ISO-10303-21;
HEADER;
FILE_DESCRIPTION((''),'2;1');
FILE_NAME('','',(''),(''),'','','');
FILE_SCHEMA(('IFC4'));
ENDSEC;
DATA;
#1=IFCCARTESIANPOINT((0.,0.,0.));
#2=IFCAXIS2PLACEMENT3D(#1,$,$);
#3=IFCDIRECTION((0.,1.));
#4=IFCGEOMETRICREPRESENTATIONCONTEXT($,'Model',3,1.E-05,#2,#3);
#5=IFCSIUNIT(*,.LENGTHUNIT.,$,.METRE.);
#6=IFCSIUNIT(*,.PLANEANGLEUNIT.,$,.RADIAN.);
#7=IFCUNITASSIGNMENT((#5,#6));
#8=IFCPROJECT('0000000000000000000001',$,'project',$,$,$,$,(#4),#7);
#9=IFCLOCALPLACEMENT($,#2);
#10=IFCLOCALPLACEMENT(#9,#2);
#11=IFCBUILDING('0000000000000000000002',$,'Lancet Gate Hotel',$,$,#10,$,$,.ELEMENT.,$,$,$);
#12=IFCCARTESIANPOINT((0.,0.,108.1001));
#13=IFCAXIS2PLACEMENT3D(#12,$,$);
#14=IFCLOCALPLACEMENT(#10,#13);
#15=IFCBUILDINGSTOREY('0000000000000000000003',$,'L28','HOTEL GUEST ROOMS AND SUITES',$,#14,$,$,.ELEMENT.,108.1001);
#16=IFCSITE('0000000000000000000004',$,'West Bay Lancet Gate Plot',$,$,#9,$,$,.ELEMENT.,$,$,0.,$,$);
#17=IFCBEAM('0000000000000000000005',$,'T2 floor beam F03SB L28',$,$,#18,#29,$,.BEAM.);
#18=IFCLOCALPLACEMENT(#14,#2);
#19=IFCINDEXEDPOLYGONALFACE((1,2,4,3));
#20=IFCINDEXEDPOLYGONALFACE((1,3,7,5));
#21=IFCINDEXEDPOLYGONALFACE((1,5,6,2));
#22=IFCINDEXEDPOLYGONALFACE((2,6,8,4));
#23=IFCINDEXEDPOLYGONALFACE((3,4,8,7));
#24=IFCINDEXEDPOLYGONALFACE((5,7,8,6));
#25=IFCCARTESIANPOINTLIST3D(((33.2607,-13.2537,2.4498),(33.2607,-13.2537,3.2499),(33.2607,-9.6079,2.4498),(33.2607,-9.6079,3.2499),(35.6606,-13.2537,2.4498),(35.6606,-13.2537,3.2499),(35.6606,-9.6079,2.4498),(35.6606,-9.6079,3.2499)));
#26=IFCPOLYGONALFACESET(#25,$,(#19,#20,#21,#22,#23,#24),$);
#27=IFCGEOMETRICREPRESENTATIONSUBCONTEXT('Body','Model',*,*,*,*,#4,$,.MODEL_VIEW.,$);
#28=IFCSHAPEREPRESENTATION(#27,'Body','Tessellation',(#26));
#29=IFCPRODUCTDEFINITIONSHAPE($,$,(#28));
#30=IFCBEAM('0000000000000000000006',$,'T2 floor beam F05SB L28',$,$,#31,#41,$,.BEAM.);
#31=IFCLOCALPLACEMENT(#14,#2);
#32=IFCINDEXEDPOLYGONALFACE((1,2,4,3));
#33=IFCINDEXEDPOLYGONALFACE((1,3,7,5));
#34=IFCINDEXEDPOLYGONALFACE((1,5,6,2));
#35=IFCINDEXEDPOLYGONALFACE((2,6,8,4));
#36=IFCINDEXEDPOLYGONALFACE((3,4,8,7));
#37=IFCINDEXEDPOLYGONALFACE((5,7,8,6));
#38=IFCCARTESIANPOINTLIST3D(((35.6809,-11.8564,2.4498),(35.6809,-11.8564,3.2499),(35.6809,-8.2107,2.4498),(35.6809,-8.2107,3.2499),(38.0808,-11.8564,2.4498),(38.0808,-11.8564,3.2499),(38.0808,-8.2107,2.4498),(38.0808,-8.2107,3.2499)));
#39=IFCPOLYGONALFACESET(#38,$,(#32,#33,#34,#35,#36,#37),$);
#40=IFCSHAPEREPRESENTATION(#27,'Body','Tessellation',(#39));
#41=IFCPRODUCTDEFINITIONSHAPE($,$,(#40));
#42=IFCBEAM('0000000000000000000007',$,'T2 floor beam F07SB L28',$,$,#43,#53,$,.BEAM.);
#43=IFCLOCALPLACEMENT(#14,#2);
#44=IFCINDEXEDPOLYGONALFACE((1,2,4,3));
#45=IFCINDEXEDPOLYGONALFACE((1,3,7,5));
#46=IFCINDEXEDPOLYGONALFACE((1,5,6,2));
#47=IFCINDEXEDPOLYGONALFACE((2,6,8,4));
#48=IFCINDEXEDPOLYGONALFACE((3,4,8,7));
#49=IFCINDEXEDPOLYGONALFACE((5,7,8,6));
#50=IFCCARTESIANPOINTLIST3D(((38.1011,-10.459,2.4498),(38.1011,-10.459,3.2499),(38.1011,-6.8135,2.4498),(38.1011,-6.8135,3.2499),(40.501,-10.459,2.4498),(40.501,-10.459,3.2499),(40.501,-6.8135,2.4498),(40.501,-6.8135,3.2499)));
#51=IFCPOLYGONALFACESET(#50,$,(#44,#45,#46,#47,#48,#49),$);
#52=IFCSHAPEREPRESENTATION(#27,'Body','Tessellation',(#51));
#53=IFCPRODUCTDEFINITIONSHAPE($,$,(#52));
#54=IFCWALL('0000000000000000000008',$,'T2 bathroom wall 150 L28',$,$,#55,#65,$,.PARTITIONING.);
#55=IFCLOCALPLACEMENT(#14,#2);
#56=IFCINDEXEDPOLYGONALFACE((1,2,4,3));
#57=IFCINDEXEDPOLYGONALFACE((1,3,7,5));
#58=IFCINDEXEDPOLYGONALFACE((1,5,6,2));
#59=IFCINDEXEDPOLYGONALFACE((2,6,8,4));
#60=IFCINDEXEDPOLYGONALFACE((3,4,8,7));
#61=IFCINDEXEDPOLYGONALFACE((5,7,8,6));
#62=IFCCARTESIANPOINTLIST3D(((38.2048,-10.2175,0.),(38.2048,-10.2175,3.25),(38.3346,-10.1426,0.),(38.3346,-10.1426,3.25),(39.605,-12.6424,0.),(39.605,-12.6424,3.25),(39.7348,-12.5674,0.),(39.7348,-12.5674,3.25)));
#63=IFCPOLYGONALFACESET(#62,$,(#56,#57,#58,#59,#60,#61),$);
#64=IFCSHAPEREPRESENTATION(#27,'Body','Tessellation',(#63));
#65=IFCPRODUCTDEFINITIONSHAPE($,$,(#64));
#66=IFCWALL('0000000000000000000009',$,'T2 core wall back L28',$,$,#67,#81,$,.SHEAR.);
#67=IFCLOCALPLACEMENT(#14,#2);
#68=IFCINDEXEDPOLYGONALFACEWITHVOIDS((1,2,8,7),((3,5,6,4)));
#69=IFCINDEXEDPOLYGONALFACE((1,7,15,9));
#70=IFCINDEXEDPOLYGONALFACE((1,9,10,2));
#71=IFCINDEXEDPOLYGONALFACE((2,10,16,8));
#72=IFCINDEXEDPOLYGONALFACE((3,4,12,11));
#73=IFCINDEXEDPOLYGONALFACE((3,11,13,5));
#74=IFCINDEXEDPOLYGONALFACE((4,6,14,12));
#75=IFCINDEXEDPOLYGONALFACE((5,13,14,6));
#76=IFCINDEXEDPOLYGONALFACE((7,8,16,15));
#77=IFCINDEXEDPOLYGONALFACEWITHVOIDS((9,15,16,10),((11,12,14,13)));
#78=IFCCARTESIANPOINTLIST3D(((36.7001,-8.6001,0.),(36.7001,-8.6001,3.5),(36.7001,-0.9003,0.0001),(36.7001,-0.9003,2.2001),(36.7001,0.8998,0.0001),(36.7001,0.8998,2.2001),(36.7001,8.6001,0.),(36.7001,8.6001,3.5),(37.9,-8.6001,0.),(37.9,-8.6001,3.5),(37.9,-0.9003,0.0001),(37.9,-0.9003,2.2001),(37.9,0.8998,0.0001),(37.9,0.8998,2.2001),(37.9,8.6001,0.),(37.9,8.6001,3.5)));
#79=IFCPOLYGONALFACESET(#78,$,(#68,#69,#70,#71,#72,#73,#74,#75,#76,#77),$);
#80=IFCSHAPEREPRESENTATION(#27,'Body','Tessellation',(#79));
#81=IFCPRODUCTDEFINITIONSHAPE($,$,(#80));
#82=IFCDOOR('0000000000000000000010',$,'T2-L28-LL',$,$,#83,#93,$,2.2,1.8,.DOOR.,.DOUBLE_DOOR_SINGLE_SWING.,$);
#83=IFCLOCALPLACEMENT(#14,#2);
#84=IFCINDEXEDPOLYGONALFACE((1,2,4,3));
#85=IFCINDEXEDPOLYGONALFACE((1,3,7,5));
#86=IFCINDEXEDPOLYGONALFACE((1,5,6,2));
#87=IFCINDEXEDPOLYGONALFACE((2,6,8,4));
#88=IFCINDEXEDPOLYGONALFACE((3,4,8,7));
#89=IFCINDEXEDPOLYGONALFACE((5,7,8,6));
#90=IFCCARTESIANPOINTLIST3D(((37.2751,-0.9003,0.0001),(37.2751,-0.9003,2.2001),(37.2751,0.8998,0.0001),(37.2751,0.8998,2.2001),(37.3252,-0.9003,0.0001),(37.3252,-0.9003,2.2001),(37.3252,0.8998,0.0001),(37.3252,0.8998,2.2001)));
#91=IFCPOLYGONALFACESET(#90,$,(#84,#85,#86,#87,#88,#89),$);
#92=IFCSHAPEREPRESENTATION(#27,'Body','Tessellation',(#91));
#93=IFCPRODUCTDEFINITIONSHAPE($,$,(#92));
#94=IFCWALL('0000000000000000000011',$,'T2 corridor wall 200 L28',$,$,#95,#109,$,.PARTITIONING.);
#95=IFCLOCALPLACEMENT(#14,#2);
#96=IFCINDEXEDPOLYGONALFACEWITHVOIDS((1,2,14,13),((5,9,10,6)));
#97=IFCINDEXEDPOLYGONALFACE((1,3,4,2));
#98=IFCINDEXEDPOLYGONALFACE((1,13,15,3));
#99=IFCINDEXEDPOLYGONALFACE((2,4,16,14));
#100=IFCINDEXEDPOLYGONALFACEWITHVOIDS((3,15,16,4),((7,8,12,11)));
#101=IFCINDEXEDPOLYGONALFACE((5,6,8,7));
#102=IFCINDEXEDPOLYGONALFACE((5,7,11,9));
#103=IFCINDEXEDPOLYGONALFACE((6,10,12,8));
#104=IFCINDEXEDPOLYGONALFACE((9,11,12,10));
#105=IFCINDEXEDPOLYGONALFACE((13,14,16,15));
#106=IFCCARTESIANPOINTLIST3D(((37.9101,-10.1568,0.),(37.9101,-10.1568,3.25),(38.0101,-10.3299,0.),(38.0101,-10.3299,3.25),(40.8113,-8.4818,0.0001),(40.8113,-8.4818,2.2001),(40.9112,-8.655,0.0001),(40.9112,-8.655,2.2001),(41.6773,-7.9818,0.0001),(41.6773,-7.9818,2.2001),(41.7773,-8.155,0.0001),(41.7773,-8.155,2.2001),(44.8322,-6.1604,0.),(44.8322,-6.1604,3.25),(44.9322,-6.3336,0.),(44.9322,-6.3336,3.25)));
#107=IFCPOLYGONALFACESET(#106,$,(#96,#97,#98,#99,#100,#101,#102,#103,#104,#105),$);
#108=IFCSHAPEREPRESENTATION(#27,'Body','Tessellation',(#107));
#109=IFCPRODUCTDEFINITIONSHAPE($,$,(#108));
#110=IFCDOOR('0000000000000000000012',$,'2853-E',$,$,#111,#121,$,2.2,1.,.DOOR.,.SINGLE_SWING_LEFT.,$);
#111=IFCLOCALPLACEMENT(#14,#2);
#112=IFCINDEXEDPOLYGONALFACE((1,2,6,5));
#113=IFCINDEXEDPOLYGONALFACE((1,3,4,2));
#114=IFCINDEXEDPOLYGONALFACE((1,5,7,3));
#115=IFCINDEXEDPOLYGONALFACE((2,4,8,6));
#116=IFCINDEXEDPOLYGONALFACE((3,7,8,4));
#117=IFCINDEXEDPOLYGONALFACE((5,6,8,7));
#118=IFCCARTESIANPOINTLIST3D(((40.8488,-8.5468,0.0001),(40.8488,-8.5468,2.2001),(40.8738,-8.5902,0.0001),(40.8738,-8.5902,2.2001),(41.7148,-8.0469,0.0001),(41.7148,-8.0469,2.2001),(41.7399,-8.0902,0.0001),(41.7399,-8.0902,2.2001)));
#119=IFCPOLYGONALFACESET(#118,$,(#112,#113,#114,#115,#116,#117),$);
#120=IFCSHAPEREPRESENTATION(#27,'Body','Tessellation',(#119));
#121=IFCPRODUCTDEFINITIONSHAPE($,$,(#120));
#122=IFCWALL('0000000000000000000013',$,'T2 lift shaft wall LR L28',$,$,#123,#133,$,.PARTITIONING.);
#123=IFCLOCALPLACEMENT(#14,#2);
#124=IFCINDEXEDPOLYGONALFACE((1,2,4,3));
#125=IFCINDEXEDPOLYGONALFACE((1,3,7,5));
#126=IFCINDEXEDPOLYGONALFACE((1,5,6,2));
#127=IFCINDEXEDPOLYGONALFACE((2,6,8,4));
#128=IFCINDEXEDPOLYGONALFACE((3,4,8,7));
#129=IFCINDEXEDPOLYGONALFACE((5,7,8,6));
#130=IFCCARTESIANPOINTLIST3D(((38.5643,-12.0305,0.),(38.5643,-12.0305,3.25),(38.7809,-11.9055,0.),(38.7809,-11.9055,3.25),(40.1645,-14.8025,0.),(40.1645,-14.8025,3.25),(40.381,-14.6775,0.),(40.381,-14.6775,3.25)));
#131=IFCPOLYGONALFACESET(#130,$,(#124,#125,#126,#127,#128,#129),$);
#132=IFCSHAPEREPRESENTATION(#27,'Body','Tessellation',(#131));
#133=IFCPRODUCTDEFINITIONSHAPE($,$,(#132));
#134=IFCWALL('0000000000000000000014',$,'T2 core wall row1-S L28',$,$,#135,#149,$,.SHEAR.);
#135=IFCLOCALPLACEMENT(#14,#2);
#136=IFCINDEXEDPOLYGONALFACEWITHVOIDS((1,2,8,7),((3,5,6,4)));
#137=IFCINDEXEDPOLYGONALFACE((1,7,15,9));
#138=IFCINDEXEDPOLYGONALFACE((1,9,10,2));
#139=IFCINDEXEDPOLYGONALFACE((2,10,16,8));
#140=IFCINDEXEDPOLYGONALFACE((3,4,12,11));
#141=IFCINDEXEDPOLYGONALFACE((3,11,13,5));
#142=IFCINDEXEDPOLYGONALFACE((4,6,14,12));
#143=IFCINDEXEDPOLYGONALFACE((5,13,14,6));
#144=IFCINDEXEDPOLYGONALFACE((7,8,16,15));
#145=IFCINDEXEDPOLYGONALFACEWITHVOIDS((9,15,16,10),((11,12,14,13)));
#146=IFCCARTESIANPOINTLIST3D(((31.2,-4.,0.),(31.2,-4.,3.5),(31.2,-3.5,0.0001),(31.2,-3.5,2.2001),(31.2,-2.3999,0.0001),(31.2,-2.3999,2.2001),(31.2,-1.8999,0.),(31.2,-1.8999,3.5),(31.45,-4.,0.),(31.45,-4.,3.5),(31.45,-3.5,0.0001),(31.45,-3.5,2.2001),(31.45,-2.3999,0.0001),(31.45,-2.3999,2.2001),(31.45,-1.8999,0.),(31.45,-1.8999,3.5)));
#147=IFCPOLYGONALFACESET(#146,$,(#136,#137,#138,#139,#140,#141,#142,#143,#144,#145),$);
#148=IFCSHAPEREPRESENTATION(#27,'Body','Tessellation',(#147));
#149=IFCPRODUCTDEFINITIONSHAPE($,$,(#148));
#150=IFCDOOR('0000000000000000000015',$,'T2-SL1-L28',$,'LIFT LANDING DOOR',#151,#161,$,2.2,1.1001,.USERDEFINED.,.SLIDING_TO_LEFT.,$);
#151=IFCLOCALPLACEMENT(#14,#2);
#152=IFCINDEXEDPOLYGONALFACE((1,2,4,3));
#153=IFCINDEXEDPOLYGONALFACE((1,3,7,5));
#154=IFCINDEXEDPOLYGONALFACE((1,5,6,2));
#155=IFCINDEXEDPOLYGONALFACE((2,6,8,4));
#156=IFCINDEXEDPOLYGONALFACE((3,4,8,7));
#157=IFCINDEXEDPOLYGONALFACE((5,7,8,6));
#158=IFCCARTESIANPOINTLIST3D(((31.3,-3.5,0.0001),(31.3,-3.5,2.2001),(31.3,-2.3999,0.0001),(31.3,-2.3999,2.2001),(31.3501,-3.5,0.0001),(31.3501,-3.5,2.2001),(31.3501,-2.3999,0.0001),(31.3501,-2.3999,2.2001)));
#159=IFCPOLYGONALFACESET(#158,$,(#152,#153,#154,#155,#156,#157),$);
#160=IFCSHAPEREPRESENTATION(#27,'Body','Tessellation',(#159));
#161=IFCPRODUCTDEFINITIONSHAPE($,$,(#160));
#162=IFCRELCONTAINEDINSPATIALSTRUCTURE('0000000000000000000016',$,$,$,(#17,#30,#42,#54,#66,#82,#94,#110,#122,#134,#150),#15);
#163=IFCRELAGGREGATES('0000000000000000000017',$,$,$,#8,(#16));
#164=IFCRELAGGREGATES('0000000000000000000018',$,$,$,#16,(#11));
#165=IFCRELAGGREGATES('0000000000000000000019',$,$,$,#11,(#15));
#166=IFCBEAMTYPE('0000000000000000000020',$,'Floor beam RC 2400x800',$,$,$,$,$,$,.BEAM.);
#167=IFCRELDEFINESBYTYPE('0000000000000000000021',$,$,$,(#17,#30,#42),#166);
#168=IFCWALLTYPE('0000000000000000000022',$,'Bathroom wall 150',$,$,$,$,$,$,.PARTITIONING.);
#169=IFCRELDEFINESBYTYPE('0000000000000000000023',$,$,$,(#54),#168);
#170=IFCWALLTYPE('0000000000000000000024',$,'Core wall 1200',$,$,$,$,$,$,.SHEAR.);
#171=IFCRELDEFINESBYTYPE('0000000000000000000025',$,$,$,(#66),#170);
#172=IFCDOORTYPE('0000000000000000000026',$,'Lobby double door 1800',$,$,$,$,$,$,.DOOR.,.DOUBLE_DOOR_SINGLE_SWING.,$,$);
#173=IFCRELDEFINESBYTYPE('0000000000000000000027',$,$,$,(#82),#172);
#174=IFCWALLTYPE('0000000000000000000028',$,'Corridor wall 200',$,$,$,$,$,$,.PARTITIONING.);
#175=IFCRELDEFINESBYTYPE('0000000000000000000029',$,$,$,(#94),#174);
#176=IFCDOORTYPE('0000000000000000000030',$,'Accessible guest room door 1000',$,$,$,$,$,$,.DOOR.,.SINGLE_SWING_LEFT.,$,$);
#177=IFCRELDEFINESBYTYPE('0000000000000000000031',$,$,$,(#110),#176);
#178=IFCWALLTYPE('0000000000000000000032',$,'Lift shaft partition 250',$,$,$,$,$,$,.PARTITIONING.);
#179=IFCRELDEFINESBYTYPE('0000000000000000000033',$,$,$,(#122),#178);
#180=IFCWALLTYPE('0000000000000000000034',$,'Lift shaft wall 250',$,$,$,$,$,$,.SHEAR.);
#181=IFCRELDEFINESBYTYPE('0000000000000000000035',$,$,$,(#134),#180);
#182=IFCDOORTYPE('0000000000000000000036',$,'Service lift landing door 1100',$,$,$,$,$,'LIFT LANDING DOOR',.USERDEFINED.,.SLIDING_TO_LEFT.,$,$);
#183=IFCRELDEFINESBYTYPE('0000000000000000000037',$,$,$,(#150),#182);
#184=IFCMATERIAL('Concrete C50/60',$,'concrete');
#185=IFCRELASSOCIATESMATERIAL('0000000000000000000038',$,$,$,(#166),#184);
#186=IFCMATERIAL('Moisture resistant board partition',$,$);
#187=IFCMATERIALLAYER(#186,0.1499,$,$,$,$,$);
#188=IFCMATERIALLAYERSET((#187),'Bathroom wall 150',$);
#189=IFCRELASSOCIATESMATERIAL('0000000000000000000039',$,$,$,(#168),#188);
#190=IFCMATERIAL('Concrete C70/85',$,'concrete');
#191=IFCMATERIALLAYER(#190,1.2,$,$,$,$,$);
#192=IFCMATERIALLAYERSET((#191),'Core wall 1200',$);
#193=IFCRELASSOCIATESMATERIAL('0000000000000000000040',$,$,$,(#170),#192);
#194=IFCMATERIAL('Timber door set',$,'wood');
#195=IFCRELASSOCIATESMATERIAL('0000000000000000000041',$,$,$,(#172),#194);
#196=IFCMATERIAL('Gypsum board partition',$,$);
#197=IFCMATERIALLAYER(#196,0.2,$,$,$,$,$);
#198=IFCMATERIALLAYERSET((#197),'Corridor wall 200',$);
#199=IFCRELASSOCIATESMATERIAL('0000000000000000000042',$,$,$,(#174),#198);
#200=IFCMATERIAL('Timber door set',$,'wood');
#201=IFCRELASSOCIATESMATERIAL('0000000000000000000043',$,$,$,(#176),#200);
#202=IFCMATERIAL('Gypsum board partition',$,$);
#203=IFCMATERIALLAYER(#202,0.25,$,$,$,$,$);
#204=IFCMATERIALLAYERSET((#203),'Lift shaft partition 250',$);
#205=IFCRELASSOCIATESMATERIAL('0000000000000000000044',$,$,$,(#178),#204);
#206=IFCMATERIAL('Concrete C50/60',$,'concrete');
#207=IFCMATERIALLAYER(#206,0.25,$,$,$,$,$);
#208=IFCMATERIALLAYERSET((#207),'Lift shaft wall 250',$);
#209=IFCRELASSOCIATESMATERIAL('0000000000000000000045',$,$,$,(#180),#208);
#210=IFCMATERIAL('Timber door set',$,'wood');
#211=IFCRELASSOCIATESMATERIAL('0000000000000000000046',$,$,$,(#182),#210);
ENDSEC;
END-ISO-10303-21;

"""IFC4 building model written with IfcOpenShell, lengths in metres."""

from ifc_helpers import new_model, si_unit, direction, frame, frame_2d, origin, origin_2d, place, context, subcontext, project, spatial, rectangle, extrude, material, layer, layer_set, material_profile, profile_set, type_object, element, fill, save


model = new_model("IFC4")

# Units and contexts
model_context = context("Model", 3, precision=1e-05, world=origin(), true_north=direction((0.0, 1.0)))
body_context = subcontext(model_context, "Body", "Model", "MODEL_VIEW")
ifc_project = project(units=[si_unit("LENGTHUNIT", "METRE"), si_unit("PLANEANGLEUNIT", "RADIAN")], contexts=[model_context])

# Site, building, storey
site_placement = place(None, origin())
site = spatial("IfcSite", under=ifc_project, at=site_placement, Name="West Bay Lancet Gate Plot", CompositionType="ELEMENT", RefElevation=0.0)
building_placement = place(site_placement, origin())
building = spatial("IfcBuilding", under=site, at=building_placement, Name="Lancet Gate Hotel", CompositionType="ELEMENT")
storey_placement = place(building_placement, frame((0.0, 0.0, 108.1001)))
storey = spatial("IfcBuildingStorey", under=building, at=storey_placement, Name="L28", Description="HOTEL GUEST ROOMS AND SUITES", CompositionType="ELEMENT", Elevation=108.1001)

# Beams
ifc_material_1 = material(Name="Concrete C50/60", Category="concrete")
ifc_material_profile = material_profile(ifc_material_1, rectangle(XDim=2.3999, YDim=0.8, at=origin_2d()), Name="RC 2400x800")
ifc_profile_set = profile_set([ifc_material_profile], Name="Concrete C50/60")
beam_type = type_object("IfcBeamType", Name="Floor beam RC 2400x800", PredefinedType="BEAM", material=ifc_profile_set)
for number, where, z_axis, x_axis, name in (
    (1, (34.4607, -13.2537, 2.8499), (0.0, 1.0, 0.0), (-1.0, 0.0, 0.0), "T2 floor beam F03SB L28"),
    (2, (36.8809, -11.8564, 2.8499), (0.0, 1.0, 0.0), (-1.0, 0.0, 0.0), "T2 floor beam F05SB L28"),
):
    element("IfcBeam", number, at=place(storey_placement, frame(where, z_axis=z_axis, x_axis=x_axis)), inside=storey, type_object=beam_type, Name=name, PredefinedType="BEAM", context=body_context, shape_type="SweptSolid", body=[
        extrude(rectangle(XDim=2.3999, YDim=0.8, at=origin_2d()), origin(), (0.0, 0.0, 1.0), 3.6458),
    ])
beam_placement = place(storey_placement, frame((39.301, -10.459, 2.8499), z_axis=(0.0, 1.0, 0.0), x_axis=(-1.0, 0.0, 0.0)))
element("IfcBeam", 3, at=beam_placement, inside=storey, type_object=beam_type, Name="T2 floor beam F07SB L28", PredefinedType="BEAM", context=body_context, shape_type="SweptSolid", body=[
    extrude(rectangle(XDim=2.3999, YDim=0.8, at=origin_2d()), origin(), (0.0, 0.0, 1.0), 3.6455),
])

# Wall
ifc_material_2 = material(Name="Moisture resistant board partition")
ifc_layer_1 = layer(ifc_material_2, 0.1499)
ifc_layer_set_1 = layer_set([ifc_layer_1], Name="Bathroom wall 150")
wall_type_1 = type_object("IfcWallType", Name="Bathroom wall 150", PredefinedType="PARTITIONING", material=ifc_layer_set_1)
wall_1_placement = place(storey_placement, frame((38.2698, -10.1802, 0.0), z_axis=(0.0, 0.0, 1.0), x_axis=(0.50005, -0.865997, 0.0)))
element("IfcWall", 4, at=wall_1_placement, inside=storey, type_object=wall_type_1, Name="T2 bathroom wall 150 L28", PredefinedType="PARTITIONING", context=body_context, shape_type="SweptSolid", body=[
    extrude(rectangle(XDim=2.8, YDim=0.1499, at=frame_2d((1.3999, 0.0))), origin(), (0.0, 0.0, 1.0), 3.25),
])

# Walls, openings, doors
ifc_material_3 = material(Name="Concrete C70/85", Category="concrete")
ifc_layer_2 = layer(ifc_material_3, 1.2)
ifc_layer_set_2 = layer_set([ifc_layer_2], Name="Core wall 1200")
wall_type_2 = type_object("IfcWallType", Name="Core wall 1200", PredefinedType="SHEAR", material=ifc_layer_set_2)
wall_2_placement = place(storey_placement, frame((37.3, -8.6001, 0.0), z_axis=(0.0, 0.0, 1.0), x_axis=(0.0, 1.0, 0.0)))
wall_2 = element("IfcWall", 5, at=wall_2_placement, inside=storey, type_object=wall_type_2, Name="T2 core wall back L28", PredefinedType="SHEAR", context=body_context, shape_type="SweptSolid", body=[
    extrude(rectangle(XDim=17.2002, YDim=1.2, at=frame_2d((8.6001, 0.0))), origin(), (0.0, 0.0, 1.0), 3.5),
])
opening_1_placement = place(wall_2_placement, frame((7.7, 0.0, 0.0)))
opening_1 = element("IfcOpeningElement", 6, at=opening_1_placement, cuts=wall_2, PredefinedType="OPENING", context=body_context, shape_type="SweptSolid", body=[
    extrude(rectangle(XDim=1.8, YDim=2.2, at=frame_2d((0.8999, 1.1001))), frame((0.0, 0.6099, 0.0), z_axis=(0.0, -1.0, 0.0), x_axis=(1.0, 0.0, 0.0)), (0.0, 0.0, 1.0), 1.22),
])
ifc_material_4 = material(Name="Timber door set", Category="wood")
door_type_1 = type_object("IfcDoorType", Name="Lobby double door 1800", OperationType="DOUBLE_DOOR_SINGLE_SWING", PredefinedType="DOOR", material=ifc_material_4)
door_1_placement = place(opening_1_placement, origin())
door_1 = element("IfcDoor", 7, at=door_1_placement, inside=storey, type_object=door_type_1, Name="T2-L28-LL", OperationType="DOUBLE_DOOR_SINGLE_SWING", OverallHeight=2.2, OverallWidth=1.8, PredefinedType="DOOR", context=body_context, shape_type="SweptSolid", body=[
    extrude(rectangle(XDim=1.8, YDim=2.2, at=frame_2d((0.8999, 1.1001))), frame((0.0, 0.0249, 0.0), z_axis=(0.0, -1.0, 0.0), x_axis=(1.0, 0.0, 0.0)), (0.0, 0.0, 1.0), 0.05),
])
fill(opening_1, door_1)
ifc_material_5 = material(Name="Gypsum board partition")
ifc_layer_3 = layer(ifc_material_5, 0.2)
ifc_layer_set_3 = layer_set([ifc_layer_3], Name="Corridor wall 200")
wall_type_3 = type_object("IfcWallType", Name="Corridor wall 200", PredefinedType="PARTITIONING", material=ifc_layer_set_3)
wall_3_placement = place(storey_placement, frame((37.96, -10.2434, 0.0), z_axis=(0.0, 0.0, 1.0), x_axis=(0.866034, 0.499986, 0.0)))
wall_3 = element("IfcWall", 8, at=wall_3_placement, inside=storey, type_object=wall_type_3, Name="T2 corridor wall 200 L28", PredefinedType="PARTITIONING", context=body_context, shape_type="SweptSolid", body=[
    extrude(rectangle(XDim=7.9929, YDim=0.2, at=frame_2d((3.9966, 0.0))), origin(), (0.0, 0.0, 1.0), 3.25),
])
opening_2_placement = place(wall_3_placement, frame((3.3501, 0.0, 0.0)))
opening_2 = element("IfcOpeningElement", 9, at=opening_2_placement, cuts=wall_3, PredefinedType="OPENING", context=body_context, shape_type="SweptSolid", body=[
    extrude(rectangle(XDim=1.0, YDim=2.2, at=frame_2d((0.5, 1.1001))), frame((0.0, 0.1099, 0.0), z_axis=(0.0, -1.0, 0.0), x_axis=(1.0, 0.0, 0.0)), (0.0, 0.0, 1.0), 0.22),
])
ifc_material_6 = material(Name="Timber door set", Category="wood")
door_type_2 = type_object("IfcDoorType", Name="Accessible guest room door 1000", OperationType="SINGLE_SWING_LEFT", PredefinedType="DOOR", material=ifc_material_6)
door_2_placement = place(opening_2_placement, origin())
door_2 = element("IfcDoor", 10, at=door_2_placement, inside=storey, type_object=door_type_2, Name="2853-E", OperationType="SINGLE_SWING_LEFT", OverallHeight=2.2, OverallWidth=1.0, PredefinedType="DOOR", context=body_context, shape_type="SweptSolid", body=[
    extrude(rectangle(XDim=1.0, YDim=2.2, at=frame_2d((0.5, 1.1001))), frame((0.0, 0.0249, 0.0), z_axis=(0.0, -1.0, 0.0), x_axis=(1.0, 0.0, 0.0)), (0.0, 0.0, 1.0), 0.05),
])
fill(opening_2, door_2)

# Wall
ifc_material_7 = material(Name="Gypsum board partition")
ifc_layer_4 = layer(ifc_material_7, 0.25)
ifc_layer_set_4 = layer_set([ifc_layer_4], Name="Lift shaft partition 250")
wall_type_4 = type_object("IfcWallType", Name="Lift shaft partition 250", PredefinedType="PARTITIONING", material=ifc_layer_set_4)
wall_4_placement = place(storey_placement, frame((38.6726, -11.968, 0.0), z_axis=(0.0, 0.0, 1.0), x_axis=(0.499929, -0.866066, 0.0)))
element("IfcWall", 11, at=wall_4_placement, inside=storey, type_object=wall_type_4, Name="T2 lift shaft wall LR L28", PredefinedType="PARTITIONING", context=body_context, shape_type="SweptSolid", body=[
    extrude(rectangle(XDim=3.2007, YDim=0.25, at=frame_2d((1.6003, 0.0))), origin(), (0.0, 0.0, 1.0), 3.25),
])

# Wall, opening, door
ifc_material_8 = material(Name="Concrete C50/60", Category="concrete")
ifc_layer_5 = layer(ifc_material_8, 0.25)
ifc_layer_set_5 = layer_set([ifc_layer_5], Name="Lift shaft wall 250")
wall_type_5 = type_object("IfcWallType", Name="Lift shaft wall 250", PredefinedType="SHEAR", material=ifc_layer_set_5)
wall_5_placement = place(storey_placement, frame((31.325, -4.0, 0.0), z_axis=(0.0, 0.0, 1.0), x_axis=(0.0, 1.0, 0.0)))
wall_5 = element("IfcWall", 12, at=wall_5_placement, inside=storey, type_object=wall_type_5, Name="T2 core wall row1-S L28", PredefinedType="SHEAR", context=body_context, shape_type="SweptSolid", body=[
    extrude(rectangle(XDim=2.1001, YDim=0.25, at=frame_2d((1.05, 0.0))), origin(), (0.0, 0.0, 1.0), 3.5),
])
opening_3_placement = place(wall_5_placement, frame((0.5, 0.0, 0.0)))
opening_3 = element("IfcOpeningElement", 13, at=opening_3_placement, cuts=wall_5, PredefinedType="OPENING", context=body_context, shape_type="SweptSolid", body=[
    extrude(rectangle(XDim=1.1001, YDim=2.2, at=frame_2d((0.55, 1.1001))), frame((0.0, 0.135, 0.0), z_axis=(0.0, -1.0, 0.0), x_axis=(1.0, 0.0, 0.0)), (0.0, 0.0, 1.0), 0.27),
])
ifc_material_9 = material(Name="Timber door set", Category="wood")
door_type_3 = type_object("IfcDoorType", Name="Service lift landing door 1100", ElementType="LIFT LANDING DOOR", OperationType="SLIDING_TO_LEFT", PredefinedType="USERDEFINED", material=ifc_material_9)
door_3_placement = place(opening_3_placement, origin())
door_3 = element("IfcDoor", 14, at=door_3_placement, inside=storey, type_object=door_type_3, Name="T2-SL1-L28", ObjectType="LIFT LANDING DOOR", OperationType="SLIDING_TO_LEFT", OverallHeight=2.2, OverallWidth=1.1001, PredefinedType="USERDEFINED", context=body_context, shape_type="SweptSolid", body=[
    extrude(rectangle(XDim=1.1001, YDim=2.2, at=frame_2d((0.55, 1.1001))), frame((0.0, 0.0249, 0.0), z_axis=(0.0, -1.0, 0.0), x_axis=(1.0, 0.0, 0.0)), (0.0, 0.0, 1.0), 0.05),
])
fill(opening_3, door_3)

save(model, "model.ifc")
